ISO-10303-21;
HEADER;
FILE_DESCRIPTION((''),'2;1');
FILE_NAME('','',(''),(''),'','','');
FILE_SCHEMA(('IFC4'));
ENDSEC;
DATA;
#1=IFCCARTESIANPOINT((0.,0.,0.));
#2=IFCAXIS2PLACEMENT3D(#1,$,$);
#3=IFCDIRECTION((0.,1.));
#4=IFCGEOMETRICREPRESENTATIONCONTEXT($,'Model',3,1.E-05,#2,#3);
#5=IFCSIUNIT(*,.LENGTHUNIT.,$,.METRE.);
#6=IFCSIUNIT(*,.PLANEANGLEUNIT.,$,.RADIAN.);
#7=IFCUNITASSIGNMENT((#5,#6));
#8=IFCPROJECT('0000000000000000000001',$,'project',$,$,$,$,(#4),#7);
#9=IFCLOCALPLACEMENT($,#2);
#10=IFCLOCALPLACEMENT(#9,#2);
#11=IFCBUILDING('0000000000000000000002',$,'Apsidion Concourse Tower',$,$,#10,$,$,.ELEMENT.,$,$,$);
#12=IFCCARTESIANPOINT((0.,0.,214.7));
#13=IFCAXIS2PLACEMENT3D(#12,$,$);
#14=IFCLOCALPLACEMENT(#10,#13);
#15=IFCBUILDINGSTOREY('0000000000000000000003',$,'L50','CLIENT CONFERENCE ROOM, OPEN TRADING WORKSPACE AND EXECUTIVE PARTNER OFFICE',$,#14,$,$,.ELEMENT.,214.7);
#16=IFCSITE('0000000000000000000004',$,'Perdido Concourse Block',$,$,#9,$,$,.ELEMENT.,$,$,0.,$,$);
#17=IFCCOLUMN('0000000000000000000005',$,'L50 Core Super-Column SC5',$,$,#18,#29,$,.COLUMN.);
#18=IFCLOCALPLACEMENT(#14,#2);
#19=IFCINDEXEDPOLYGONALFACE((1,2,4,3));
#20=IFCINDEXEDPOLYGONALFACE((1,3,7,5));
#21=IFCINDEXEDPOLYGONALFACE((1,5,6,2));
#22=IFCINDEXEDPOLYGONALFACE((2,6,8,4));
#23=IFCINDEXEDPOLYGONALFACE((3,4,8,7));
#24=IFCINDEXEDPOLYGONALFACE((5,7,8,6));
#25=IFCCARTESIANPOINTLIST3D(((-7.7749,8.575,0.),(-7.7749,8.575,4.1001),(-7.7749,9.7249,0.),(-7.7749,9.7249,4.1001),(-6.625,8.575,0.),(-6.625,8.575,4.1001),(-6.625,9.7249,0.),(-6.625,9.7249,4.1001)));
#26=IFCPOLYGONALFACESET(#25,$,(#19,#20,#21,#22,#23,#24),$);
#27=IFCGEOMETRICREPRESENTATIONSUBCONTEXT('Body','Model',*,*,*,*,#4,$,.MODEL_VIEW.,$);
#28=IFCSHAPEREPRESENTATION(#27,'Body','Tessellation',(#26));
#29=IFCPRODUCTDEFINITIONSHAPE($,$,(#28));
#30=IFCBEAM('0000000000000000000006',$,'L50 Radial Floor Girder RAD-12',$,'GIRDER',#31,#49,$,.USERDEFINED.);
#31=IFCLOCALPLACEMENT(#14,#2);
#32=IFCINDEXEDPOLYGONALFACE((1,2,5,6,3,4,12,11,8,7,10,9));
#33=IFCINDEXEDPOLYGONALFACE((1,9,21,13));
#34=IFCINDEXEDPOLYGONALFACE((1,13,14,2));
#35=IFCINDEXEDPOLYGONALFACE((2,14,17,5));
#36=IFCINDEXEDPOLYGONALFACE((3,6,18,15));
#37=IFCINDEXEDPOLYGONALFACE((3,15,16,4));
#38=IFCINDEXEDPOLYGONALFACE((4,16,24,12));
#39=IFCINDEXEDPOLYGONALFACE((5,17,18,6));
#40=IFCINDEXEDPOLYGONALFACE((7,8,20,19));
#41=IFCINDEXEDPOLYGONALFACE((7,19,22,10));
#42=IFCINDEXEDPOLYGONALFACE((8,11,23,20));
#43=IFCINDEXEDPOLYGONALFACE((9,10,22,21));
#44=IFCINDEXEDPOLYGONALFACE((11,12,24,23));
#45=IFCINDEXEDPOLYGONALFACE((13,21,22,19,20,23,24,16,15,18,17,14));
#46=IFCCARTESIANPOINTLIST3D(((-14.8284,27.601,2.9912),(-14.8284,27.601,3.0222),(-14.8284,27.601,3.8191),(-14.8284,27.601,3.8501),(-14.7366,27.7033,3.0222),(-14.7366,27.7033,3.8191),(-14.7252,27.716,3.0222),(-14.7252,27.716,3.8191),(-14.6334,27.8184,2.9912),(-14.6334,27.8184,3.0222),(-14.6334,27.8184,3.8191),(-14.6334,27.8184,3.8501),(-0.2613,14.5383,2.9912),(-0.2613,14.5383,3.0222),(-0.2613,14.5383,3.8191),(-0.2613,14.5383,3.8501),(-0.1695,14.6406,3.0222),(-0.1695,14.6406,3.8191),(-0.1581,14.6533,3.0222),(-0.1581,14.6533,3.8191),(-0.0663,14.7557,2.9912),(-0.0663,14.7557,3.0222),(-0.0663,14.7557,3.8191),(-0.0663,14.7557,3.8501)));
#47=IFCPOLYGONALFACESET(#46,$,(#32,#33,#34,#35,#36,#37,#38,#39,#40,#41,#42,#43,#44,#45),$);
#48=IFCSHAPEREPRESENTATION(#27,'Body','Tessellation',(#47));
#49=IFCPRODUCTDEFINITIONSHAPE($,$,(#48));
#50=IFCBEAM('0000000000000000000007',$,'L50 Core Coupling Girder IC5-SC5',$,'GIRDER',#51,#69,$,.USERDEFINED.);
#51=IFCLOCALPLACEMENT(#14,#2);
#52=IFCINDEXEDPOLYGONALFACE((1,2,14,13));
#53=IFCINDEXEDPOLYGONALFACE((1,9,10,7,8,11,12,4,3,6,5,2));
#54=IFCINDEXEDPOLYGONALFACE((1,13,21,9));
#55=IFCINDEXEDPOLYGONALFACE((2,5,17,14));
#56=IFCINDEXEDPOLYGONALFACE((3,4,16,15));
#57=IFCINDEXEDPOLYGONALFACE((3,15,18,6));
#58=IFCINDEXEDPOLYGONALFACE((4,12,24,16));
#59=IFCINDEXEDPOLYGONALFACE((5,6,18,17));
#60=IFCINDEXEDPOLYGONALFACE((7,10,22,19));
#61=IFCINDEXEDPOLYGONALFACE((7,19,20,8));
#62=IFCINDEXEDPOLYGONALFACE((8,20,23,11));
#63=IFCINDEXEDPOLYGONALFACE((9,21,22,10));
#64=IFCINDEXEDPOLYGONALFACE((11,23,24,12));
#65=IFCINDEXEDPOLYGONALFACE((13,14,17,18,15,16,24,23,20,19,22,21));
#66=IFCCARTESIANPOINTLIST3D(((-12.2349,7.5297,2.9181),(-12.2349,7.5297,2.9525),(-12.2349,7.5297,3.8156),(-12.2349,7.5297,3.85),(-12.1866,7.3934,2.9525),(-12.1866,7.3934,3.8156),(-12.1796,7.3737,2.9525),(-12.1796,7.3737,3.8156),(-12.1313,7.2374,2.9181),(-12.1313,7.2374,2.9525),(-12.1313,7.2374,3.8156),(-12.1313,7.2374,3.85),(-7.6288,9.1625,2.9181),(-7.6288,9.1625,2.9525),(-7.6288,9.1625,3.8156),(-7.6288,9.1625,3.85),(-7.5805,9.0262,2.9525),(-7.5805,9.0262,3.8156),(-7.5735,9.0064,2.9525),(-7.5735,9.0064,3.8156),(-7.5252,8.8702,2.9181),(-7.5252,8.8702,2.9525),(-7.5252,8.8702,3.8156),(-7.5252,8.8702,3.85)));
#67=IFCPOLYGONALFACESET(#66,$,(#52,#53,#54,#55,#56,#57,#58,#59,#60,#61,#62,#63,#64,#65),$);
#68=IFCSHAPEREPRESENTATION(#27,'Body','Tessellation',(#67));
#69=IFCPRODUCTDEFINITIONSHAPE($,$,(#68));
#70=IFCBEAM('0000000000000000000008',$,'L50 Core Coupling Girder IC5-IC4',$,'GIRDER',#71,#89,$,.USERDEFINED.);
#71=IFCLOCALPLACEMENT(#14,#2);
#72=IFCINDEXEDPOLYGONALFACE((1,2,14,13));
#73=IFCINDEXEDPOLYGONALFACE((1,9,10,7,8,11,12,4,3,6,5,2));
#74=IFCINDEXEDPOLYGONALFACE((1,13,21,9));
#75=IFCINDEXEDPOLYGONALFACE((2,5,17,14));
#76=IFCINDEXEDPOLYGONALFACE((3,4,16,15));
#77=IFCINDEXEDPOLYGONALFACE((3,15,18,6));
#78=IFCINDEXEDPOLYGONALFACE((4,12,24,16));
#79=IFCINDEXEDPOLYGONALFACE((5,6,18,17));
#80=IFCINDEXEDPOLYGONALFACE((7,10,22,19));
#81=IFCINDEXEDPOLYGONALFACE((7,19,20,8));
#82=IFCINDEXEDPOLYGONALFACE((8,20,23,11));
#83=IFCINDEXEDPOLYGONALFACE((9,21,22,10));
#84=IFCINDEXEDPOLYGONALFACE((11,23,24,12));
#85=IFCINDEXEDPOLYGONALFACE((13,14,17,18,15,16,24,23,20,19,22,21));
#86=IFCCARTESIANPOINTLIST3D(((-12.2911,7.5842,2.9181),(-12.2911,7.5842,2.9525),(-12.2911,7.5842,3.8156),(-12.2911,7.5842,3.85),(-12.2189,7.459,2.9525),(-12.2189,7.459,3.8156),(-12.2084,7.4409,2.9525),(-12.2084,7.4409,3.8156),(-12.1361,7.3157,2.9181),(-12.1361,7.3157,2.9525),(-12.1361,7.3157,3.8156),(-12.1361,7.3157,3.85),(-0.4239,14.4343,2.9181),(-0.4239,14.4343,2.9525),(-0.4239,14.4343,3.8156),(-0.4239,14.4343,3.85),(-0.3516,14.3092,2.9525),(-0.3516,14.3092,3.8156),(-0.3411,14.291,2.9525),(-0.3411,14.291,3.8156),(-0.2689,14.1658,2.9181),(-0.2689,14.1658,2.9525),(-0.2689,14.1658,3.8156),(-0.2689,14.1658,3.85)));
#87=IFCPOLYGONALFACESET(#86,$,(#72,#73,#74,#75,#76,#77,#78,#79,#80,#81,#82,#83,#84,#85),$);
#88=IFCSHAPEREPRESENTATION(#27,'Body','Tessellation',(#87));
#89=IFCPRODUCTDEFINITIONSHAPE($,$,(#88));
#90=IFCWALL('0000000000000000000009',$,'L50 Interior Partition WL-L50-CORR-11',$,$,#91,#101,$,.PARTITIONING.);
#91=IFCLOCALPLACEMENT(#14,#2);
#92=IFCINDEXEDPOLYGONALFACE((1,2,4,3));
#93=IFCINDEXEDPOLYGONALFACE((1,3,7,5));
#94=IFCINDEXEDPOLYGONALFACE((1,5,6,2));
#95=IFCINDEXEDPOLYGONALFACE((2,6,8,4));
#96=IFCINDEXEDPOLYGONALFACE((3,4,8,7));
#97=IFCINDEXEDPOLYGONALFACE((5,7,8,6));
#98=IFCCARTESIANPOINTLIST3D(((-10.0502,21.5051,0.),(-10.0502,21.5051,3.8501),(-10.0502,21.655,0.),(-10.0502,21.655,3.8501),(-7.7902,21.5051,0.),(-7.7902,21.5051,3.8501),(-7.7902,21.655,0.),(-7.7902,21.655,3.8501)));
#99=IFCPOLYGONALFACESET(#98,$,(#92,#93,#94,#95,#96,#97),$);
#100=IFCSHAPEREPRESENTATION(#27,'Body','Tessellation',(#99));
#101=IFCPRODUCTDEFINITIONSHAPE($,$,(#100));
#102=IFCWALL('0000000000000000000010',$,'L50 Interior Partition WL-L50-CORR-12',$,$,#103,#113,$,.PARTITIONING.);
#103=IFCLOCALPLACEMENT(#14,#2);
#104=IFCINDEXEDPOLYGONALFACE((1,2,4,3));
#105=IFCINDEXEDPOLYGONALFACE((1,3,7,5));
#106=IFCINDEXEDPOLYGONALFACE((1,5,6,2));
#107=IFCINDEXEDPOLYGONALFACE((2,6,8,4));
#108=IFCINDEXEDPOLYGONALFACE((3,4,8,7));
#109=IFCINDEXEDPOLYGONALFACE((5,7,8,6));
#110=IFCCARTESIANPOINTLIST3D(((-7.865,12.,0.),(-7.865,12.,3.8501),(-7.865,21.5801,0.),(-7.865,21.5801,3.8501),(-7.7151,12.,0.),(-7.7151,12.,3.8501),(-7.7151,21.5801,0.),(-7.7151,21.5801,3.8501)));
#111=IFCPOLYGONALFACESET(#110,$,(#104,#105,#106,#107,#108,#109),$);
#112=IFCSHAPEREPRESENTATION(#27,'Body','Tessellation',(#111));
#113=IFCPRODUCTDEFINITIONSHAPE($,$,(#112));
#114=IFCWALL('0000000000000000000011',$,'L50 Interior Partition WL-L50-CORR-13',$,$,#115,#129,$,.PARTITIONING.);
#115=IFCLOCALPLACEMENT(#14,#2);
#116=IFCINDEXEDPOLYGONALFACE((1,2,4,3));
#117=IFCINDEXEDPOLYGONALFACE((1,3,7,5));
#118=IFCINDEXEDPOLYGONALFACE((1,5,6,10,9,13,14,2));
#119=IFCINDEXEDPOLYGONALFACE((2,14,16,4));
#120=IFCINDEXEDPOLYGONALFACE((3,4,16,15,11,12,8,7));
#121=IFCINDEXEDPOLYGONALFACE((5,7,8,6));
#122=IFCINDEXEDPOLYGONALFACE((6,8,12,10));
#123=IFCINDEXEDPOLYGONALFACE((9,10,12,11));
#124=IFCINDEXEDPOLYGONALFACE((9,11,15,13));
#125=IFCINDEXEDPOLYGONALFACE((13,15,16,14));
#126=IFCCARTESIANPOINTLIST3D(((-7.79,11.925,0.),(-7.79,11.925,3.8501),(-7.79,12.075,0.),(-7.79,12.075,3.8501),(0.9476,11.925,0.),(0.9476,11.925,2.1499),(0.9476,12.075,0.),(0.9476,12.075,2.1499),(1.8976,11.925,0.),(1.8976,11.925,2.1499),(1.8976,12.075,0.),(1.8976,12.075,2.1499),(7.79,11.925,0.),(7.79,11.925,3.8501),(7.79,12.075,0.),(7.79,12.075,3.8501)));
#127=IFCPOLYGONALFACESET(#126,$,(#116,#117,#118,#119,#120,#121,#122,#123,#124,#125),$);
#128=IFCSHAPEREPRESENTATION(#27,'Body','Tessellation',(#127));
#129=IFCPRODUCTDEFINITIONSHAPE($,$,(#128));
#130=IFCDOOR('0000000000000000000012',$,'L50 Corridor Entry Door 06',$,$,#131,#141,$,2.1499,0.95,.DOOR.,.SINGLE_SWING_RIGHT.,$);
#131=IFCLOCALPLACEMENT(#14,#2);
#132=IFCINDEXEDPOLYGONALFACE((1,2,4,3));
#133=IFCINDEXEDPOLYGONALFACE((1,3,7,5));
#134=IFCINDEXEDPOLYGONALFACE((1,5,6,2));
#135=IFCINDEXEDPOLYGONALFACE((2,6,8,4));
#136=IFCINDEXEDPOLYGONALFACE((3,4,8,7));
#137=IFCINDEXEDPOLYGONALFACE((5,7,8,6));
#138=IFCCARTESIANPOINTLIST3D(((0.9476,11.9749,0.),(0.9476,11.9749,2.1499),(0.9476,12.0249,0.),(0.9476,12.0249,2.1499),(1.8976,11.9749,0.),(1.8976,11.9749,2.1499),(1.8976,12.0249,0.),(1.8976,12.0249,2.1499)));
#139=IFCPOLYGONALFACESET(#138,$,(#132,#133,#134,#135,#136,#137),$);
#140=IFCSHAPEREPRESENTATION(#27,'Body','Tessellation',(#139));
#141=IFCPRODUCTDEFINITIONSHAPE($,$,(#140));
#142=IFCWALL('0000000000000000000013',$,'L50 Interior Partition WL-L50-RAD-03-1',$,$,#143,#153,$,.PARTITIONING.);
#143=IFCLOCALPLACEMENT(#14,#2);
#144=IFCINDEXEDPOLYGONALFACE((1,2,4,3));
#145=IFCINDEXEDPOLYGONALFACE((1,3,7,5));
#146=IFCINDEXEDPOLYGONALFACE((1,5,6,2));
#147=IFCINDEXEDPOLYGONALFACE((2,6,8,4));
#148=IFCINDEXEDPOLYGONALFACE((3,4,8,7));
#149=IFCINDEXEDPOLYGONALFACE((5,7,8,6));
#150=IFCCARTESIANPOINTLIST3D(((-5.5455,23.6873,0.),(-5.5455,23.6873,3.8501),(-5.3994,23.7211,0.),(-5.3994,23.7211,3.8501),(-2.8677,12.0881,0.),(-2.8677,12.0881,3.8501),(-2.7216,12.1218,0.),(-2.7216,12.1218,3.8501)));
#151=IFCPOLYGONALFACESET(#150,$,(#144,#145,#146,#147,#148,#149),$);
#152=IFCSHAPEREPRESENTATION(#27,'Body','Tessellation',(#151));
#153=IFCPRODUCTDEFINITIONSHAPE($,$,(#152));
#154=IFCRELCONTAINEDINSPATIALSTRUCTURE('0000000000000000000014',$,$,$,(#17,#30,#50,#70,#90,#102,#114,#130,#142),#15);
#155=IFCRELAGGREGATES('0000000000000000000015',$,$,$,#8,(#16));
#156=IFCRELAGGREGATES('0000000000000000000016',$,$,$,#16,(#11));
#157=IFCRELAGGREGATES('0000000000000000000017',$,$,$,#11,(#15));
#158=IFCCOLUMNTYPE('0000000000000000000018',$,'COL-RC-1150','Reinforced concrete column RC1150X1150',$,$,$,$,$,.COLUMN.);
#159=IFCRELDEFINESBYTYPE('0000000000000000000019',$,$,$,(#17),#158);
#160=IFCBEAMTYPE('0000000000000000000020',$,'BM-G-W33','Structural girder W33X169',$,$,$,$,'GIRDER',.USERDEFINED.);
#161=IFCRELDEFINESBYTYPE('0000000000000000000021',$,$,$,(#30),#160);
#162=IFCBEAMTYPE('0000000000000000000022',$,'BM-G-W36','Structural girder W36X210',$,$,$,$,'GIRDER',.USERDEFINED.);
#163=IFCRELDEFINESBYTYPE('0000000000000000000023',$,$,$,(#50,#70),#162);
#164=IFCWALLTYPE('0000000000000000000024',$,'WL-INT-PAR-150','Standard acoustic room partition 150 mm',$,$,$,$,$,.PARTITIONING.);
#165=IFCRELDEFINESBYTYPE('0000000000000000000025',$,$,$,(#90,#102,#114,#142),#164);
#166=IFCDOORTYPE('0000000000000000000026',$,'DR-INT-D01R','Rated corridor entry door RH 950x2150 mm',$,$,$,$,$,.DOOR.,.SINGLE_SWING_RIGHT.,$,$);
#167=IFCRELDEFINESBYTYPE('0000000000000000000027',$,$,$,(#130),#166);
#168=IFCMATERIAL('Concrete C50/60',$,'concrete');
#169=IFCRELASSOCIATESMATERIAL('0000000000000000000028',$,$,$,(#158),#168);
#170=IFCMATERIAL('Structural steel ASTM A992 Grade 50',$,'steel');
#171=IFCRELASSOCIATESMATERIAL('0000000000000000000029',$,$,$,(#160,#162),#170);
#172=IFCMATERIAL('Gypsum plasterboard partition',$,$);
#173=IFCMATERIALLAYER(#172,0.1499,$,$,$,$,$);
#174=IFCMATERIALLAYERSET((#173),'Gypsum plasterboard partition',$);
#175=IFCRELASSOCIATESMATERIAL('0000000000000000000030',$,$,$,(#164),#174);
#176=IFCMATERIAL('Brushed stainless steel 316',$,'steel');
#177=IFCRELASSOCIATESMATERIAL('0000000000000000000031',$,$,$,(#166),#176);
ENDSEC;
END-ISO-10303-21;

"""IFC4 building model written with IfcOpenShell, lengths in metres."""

from ifc_helpers import new_model, si_unit, direction, frame, frame_2d, origin, origin_2d, place, context, subcontext, project, spatial, rectangle, i_section, extrude, material, layer, layer_set, material_profile, profile_set, type_object, element, fill, save


model = new_model("IFC4")

# Units and contexts
model_context = context("Model", 3, precision=1e-05, world=origin(), true_north=direction((0.0, 1.0)))
body_context = subcontext(model_context, "Body", "Model", "MODEL_VIEW")
ifc_project = project(units=[si_unit("LENGTHUNIT", "METRE"), si_unit("PLANEANGLEUNIT", "RADIAN")], contexts=[model_context])

# Site, building, storey
site_placement = place(None, origin())
site = spatial("IfcSite", under=ifc_project, at=site_placement, Name="Perdido Concourse Block", CompositionType="ELEMENT", RefElevation=0.0)
building_placement = place(site_placement, origin())
building = spatial("IfcBuilding", under=site, at=building_placement, Name="Apsidion Concourse Tower", CompositionType="ELEMENT")
storey_placement = place(building_placement, frame((0.0, 0.0, 214.7)))
storey = spatial("IfcBuildingStorey", under=building, at=storey_placement, Name="L50", Description="CLIENT CONFERENCE ROOM, OPEN TRADING WORKSPACE AND EXECUTIVE PARTNER OFFICE", CompositionType="ELEMENT", Elevation=214.7)

# Column
ifc_material_1 = material(Name="Concrete C50/60", Category="concrete")
ifc_material_profile_1 = material_profile(ifc_material_1, rectangle(XDim=1.1499, YDim=1.1499, at=origin_2d()), Name="RC 1150x1150")
ifc_profile_set_1 = profile_set([ifc_material_profile_1], Name="Concrete C50/60")
column_type = type_object("IfcColumnType", Name="COL-RC-1150", Description="Reinforced concrete column RC1150X1150", PredefinedType="COLUMN", material=ifc_profile_set_1)
column_placement = place(storey_placement, frame((-7.2, 9.1499, 0.0), z_axis=(0.0, 0.0, 1.0), x_axis=(1.0, 0.0, 0.0)))
element("IfcColumn", 1, at=column_placement, inside=storey, type_object=column_type, Name="L50 Core Super-Column SC5", PredefinedType="COLUMN", context=body_context, shape_type="SweptSolid", body=[
    extrude(rectangle(XDim=1.1499, YDim=1.1499, at=origin_2d()), origin(), (0.0, 0.0, 1.0), 4.1001),
])

# Beams
ifc_material_2 = material(Name="Structural steel ASTM A992 Grade 50", Category="steel")
ifc_material_profile_2 = material_profile(ifc_material_2, i_section(OverallWidth=0.292, OverallDepth=0.8589, WebThickness=0.0171, FlangeThickness=0.031, at=origin_2d()), Name="W33X169")
ifc_profile_set_2 = profile_set([ifc_material_profile_2], Name="Structural steel ASTM A992 Grade 50")
beam_type_1 = type_object("IfcBeamType", Name="BM-G-W33", Description="Structural girder W33X169", ElementType="GIRDER", PredefinedType="USERDEFINED", material=ifc_profile_set_2)
beam_1_placement = place(storey_placement, frame((-0.1638, 14.647, 3.4207), z_axis=(-0.744505, 0.667617, 0.0), x_axis=(-0.667617, -0.744505, 0.0)))
element("IfcBeam", 2, at=beam_1_placement, inside=storey, type_object=beam_type_1, Name="L50 Radial Floor Girder RAD-12", ObjectType="GIRDER", PredefinedType="USERDEFINED", context=body_context, shape_type="SweptSolid", body=[
    extrude(i_section(OverallWidth=0.292, OverallDepth=0.8589, WebThickness=0.0171, FlangeThickness=0.031, at=origin_2d()), origin(), (0.0, 0.0, 1.0), 19.5662),
])
ifc_material_profile_3 = material_profile(ifc_material_2, i_section(OverallWidth=0.3101, OverallDepth=0.9319, WebThickness=0.021, FlangeThickness=0.0344, at=origin_2d()), Name="W36X210")
ifc_profile_set_3 = profile_set([ifc_material_profile_3], Name="Structural steel ASTM A992 Grade 50")
beam_type_2 = type_object("IfcBeamType", Name="BM-G-W36", Description="Structural girder W36X210", ElementType="GIRDER", PredefinedType="USERDEFINED", material=ifc_profile_set_3)
beam_2_placement = place(storey_placement, frame((-12.1831, 7.3835, 3.384), z_axis=(0.942534, 0.334111, 0.0), x_axis=(-0.334111, 0.942534, 0.0)))
element("IfcBeam", 3, at=beam_2_placement, inside=storey, type_object=beam_type_2, Name="L50 Core Coupling Girder IC5-SC5", ObjectType="GIRDER", PredefinedType="USERDEFINED", context=body_context, shape_type="SweptSolid", body=[
    extrude(i_section(OverallWidth=0.3101, OverallDepth=0.9319, WebThickness=0.021, FlangeThickness=0.0344, at=origin_2d()), origin(), (0.0, 0.0, 1.0), 4.887),
])
beam_3_placement = place(storey_placement, frame((-12.2136, 7.45, 3.384), z_axis=(0.86607, 0.499922, 0.0), x_axis=(-0.499922, 0.86607, 0.0)))
element("IfcBeam", 4, at=beam_3_placement, inside=storey, type_object=beam_type_2, Name="L50 Core Coupling Girder IC5-IC4", ObjectType="GIRDER", PredefinedType="USERDEFINED", context=body_context, shape_type="SweptSolid", body=[
    extrude(i_section(OverallWidth=0.3101, OverallDepth=0.9319, WebThickness=0.021, FlangeThickness=0.0344, at=origin_2d()), origin(), (0.0, 0.0, 1.0), 13.7024),
])

# Walls
ifc_material_3 = material(Name="Gypsum plasterboard partition")
ifc_layer_1 = layer(ifc_material_3, 0.1499)
ifc_layer_set_1 = layer_set([ifc_layer_1], Name="Gypsum plasterboard partition")
wall_type_1 = type_object("IfcWallType", Name="WL-INT-PAR-150", Description="Standard acoustic room partition 150 mm", PredefinedType="PARTITIONING", material=ifc_layer_set_1)
wall_1_placement = place(storey_placement, frame((-10.05, 21.5801, 0.0), z_axis=(0.0, 0.0, 1.0), x_axis=(1.0, 0.0, 0.0)))
element("IfcWall", 5, at=wall_1_placement, inside=storey, type_object=wall_type_1, Name="L50 Interior Partition WL-L50-CORR-11", PredefinedType="PARTITIONING", context=body_context, shape_type="SweptSolid", body=[
    extrude(rectangle(XDim=2.26, YDim=0.1499, at=frame_2d((1.1299, 0.0))), origin(), (0.0, 0.0, 1.0), 3.8501),
])
wall_2_placement = place(storey_placement, frame((-7.79, 21.5801, 0.0), z_axis=(0.0, 0.0, 1.0), x_axis=(0.0, -1.0, 0.0)))
element("IfcWall", 6, at=wall_2_placement, inside=storey, type_object=wall_type_1, Name="L50 Interior Partition WL-L50-CORR-12", PredefinedType="PARTITIONING", context=body_context, shape_type="SweptSolid", body=[
    extrude(rectangle(XDim=9.5801, YDim=0.1499, at=frame_2d((4.79, 0.0))), origin(), (0.0, 0.0, 1.0), 3.8501),
])

# Wall, opening, door
wall_3_placement = place(storey_placement, frame((-7.79, 12.0, 0.0), z_axis=(0.0, 0.0, 1.0), x_axis=(1.0, 0.0, 0.0)))
wall_3 = element("IfcWall", 7, at=wall_3_placement, inside=storey, type_object=wall_type_1, Name="L50 Interior Partition WL-L50-CORR-13", PredefinedType="PARTITIONING", context=body_context, shape_type="SweptSolid", body=[
    extrude(rectangle(XDim=15.5801, YDim=0.1499, at=frame_2d((7.79, 0.0))), origin(), (0.0, 0.0, 1.0), 3.8501),
])
opening_1_placement = place(wall_3_placement, frame((8.7375, 0.0, 0.0)))
opening_1 = element("IfcOpeningElement", 8, at=opening_1_placement, cuts=wall_3, PredefinedType="OPENING", context=body_context, shape_type="SweptSolid", body=[
    extrude(rectangle(XDim=0.95, YDim=2.1499, at=frame_2d((0.4751, 1.075))), frame((0.0, 0.085, 0.0), z_axis=(0.0, -1.0, 0.0), x_axis=(1.0, 0.0, 0.0)), (0.0, 0.0, 1.0), 0.1699),
])
ifc_material_4 = material(Name="Brushed stainless steel 316", Category="steel")
door_type_1 = type_object("IfcDoorType", Name="DR-INT-D01R", Description="Rated corridor entry door RH 950x2150 mm", OperationType="SINGLE_SWING_RIGHT", PredefinedType="DOOR", material=ifc_material_4)
door_1_placement = place(opening_1_placement, origin())
door_1 = element("IfcDoor", 9, at=door_1_placement, inside=storey, type_object=door_type_1, Name="L50 Corridor Entry Door 06", OperationType="SINGLE_SWING_RIGHT", OverallHeight=2.1499, OverallWidth=0.95, PredefinedType="DOOR", context=body_context, shape_type="SweptSolid", body=[
    extrude(rectangle(XDim=0.95, YDim=2.1499, at=frame_2d((0.4751, 1.075))), frame((0.0, 0.0249, 0.0), z_axis=(0.0, -1.0, 0.0), x_axis=(1.0, 0.0, 0.0)), (0.0, 0.0, 1.0), 0.05),
])
fill(opening_1, door_1)

# Wall
wall_4_placement = place(storey_placement, frame((-2.7947, 12.105, 0.0), z_axis=(0.0, 0.0, 1.0), x_axis=(-0.22494, 0.974373, 0.0)))
element("IfcWall", 10, at=wall_4_placement, inside=storey, type_object=wall_type_1, Name="L50 Interior Partition WL-L50-RAD-03-1", PredefinedType="PARTITIONING", context=body_context, shape_type="SweptSolid", body=[
    extrude(rectangle(XDim=11.9043, YDim=0.1499, at=frame_2d((5.9521, 0.0))), origin(), (0.0, 0.0, 1.0), 3.8501),
])

save(model, "model.ifc")
